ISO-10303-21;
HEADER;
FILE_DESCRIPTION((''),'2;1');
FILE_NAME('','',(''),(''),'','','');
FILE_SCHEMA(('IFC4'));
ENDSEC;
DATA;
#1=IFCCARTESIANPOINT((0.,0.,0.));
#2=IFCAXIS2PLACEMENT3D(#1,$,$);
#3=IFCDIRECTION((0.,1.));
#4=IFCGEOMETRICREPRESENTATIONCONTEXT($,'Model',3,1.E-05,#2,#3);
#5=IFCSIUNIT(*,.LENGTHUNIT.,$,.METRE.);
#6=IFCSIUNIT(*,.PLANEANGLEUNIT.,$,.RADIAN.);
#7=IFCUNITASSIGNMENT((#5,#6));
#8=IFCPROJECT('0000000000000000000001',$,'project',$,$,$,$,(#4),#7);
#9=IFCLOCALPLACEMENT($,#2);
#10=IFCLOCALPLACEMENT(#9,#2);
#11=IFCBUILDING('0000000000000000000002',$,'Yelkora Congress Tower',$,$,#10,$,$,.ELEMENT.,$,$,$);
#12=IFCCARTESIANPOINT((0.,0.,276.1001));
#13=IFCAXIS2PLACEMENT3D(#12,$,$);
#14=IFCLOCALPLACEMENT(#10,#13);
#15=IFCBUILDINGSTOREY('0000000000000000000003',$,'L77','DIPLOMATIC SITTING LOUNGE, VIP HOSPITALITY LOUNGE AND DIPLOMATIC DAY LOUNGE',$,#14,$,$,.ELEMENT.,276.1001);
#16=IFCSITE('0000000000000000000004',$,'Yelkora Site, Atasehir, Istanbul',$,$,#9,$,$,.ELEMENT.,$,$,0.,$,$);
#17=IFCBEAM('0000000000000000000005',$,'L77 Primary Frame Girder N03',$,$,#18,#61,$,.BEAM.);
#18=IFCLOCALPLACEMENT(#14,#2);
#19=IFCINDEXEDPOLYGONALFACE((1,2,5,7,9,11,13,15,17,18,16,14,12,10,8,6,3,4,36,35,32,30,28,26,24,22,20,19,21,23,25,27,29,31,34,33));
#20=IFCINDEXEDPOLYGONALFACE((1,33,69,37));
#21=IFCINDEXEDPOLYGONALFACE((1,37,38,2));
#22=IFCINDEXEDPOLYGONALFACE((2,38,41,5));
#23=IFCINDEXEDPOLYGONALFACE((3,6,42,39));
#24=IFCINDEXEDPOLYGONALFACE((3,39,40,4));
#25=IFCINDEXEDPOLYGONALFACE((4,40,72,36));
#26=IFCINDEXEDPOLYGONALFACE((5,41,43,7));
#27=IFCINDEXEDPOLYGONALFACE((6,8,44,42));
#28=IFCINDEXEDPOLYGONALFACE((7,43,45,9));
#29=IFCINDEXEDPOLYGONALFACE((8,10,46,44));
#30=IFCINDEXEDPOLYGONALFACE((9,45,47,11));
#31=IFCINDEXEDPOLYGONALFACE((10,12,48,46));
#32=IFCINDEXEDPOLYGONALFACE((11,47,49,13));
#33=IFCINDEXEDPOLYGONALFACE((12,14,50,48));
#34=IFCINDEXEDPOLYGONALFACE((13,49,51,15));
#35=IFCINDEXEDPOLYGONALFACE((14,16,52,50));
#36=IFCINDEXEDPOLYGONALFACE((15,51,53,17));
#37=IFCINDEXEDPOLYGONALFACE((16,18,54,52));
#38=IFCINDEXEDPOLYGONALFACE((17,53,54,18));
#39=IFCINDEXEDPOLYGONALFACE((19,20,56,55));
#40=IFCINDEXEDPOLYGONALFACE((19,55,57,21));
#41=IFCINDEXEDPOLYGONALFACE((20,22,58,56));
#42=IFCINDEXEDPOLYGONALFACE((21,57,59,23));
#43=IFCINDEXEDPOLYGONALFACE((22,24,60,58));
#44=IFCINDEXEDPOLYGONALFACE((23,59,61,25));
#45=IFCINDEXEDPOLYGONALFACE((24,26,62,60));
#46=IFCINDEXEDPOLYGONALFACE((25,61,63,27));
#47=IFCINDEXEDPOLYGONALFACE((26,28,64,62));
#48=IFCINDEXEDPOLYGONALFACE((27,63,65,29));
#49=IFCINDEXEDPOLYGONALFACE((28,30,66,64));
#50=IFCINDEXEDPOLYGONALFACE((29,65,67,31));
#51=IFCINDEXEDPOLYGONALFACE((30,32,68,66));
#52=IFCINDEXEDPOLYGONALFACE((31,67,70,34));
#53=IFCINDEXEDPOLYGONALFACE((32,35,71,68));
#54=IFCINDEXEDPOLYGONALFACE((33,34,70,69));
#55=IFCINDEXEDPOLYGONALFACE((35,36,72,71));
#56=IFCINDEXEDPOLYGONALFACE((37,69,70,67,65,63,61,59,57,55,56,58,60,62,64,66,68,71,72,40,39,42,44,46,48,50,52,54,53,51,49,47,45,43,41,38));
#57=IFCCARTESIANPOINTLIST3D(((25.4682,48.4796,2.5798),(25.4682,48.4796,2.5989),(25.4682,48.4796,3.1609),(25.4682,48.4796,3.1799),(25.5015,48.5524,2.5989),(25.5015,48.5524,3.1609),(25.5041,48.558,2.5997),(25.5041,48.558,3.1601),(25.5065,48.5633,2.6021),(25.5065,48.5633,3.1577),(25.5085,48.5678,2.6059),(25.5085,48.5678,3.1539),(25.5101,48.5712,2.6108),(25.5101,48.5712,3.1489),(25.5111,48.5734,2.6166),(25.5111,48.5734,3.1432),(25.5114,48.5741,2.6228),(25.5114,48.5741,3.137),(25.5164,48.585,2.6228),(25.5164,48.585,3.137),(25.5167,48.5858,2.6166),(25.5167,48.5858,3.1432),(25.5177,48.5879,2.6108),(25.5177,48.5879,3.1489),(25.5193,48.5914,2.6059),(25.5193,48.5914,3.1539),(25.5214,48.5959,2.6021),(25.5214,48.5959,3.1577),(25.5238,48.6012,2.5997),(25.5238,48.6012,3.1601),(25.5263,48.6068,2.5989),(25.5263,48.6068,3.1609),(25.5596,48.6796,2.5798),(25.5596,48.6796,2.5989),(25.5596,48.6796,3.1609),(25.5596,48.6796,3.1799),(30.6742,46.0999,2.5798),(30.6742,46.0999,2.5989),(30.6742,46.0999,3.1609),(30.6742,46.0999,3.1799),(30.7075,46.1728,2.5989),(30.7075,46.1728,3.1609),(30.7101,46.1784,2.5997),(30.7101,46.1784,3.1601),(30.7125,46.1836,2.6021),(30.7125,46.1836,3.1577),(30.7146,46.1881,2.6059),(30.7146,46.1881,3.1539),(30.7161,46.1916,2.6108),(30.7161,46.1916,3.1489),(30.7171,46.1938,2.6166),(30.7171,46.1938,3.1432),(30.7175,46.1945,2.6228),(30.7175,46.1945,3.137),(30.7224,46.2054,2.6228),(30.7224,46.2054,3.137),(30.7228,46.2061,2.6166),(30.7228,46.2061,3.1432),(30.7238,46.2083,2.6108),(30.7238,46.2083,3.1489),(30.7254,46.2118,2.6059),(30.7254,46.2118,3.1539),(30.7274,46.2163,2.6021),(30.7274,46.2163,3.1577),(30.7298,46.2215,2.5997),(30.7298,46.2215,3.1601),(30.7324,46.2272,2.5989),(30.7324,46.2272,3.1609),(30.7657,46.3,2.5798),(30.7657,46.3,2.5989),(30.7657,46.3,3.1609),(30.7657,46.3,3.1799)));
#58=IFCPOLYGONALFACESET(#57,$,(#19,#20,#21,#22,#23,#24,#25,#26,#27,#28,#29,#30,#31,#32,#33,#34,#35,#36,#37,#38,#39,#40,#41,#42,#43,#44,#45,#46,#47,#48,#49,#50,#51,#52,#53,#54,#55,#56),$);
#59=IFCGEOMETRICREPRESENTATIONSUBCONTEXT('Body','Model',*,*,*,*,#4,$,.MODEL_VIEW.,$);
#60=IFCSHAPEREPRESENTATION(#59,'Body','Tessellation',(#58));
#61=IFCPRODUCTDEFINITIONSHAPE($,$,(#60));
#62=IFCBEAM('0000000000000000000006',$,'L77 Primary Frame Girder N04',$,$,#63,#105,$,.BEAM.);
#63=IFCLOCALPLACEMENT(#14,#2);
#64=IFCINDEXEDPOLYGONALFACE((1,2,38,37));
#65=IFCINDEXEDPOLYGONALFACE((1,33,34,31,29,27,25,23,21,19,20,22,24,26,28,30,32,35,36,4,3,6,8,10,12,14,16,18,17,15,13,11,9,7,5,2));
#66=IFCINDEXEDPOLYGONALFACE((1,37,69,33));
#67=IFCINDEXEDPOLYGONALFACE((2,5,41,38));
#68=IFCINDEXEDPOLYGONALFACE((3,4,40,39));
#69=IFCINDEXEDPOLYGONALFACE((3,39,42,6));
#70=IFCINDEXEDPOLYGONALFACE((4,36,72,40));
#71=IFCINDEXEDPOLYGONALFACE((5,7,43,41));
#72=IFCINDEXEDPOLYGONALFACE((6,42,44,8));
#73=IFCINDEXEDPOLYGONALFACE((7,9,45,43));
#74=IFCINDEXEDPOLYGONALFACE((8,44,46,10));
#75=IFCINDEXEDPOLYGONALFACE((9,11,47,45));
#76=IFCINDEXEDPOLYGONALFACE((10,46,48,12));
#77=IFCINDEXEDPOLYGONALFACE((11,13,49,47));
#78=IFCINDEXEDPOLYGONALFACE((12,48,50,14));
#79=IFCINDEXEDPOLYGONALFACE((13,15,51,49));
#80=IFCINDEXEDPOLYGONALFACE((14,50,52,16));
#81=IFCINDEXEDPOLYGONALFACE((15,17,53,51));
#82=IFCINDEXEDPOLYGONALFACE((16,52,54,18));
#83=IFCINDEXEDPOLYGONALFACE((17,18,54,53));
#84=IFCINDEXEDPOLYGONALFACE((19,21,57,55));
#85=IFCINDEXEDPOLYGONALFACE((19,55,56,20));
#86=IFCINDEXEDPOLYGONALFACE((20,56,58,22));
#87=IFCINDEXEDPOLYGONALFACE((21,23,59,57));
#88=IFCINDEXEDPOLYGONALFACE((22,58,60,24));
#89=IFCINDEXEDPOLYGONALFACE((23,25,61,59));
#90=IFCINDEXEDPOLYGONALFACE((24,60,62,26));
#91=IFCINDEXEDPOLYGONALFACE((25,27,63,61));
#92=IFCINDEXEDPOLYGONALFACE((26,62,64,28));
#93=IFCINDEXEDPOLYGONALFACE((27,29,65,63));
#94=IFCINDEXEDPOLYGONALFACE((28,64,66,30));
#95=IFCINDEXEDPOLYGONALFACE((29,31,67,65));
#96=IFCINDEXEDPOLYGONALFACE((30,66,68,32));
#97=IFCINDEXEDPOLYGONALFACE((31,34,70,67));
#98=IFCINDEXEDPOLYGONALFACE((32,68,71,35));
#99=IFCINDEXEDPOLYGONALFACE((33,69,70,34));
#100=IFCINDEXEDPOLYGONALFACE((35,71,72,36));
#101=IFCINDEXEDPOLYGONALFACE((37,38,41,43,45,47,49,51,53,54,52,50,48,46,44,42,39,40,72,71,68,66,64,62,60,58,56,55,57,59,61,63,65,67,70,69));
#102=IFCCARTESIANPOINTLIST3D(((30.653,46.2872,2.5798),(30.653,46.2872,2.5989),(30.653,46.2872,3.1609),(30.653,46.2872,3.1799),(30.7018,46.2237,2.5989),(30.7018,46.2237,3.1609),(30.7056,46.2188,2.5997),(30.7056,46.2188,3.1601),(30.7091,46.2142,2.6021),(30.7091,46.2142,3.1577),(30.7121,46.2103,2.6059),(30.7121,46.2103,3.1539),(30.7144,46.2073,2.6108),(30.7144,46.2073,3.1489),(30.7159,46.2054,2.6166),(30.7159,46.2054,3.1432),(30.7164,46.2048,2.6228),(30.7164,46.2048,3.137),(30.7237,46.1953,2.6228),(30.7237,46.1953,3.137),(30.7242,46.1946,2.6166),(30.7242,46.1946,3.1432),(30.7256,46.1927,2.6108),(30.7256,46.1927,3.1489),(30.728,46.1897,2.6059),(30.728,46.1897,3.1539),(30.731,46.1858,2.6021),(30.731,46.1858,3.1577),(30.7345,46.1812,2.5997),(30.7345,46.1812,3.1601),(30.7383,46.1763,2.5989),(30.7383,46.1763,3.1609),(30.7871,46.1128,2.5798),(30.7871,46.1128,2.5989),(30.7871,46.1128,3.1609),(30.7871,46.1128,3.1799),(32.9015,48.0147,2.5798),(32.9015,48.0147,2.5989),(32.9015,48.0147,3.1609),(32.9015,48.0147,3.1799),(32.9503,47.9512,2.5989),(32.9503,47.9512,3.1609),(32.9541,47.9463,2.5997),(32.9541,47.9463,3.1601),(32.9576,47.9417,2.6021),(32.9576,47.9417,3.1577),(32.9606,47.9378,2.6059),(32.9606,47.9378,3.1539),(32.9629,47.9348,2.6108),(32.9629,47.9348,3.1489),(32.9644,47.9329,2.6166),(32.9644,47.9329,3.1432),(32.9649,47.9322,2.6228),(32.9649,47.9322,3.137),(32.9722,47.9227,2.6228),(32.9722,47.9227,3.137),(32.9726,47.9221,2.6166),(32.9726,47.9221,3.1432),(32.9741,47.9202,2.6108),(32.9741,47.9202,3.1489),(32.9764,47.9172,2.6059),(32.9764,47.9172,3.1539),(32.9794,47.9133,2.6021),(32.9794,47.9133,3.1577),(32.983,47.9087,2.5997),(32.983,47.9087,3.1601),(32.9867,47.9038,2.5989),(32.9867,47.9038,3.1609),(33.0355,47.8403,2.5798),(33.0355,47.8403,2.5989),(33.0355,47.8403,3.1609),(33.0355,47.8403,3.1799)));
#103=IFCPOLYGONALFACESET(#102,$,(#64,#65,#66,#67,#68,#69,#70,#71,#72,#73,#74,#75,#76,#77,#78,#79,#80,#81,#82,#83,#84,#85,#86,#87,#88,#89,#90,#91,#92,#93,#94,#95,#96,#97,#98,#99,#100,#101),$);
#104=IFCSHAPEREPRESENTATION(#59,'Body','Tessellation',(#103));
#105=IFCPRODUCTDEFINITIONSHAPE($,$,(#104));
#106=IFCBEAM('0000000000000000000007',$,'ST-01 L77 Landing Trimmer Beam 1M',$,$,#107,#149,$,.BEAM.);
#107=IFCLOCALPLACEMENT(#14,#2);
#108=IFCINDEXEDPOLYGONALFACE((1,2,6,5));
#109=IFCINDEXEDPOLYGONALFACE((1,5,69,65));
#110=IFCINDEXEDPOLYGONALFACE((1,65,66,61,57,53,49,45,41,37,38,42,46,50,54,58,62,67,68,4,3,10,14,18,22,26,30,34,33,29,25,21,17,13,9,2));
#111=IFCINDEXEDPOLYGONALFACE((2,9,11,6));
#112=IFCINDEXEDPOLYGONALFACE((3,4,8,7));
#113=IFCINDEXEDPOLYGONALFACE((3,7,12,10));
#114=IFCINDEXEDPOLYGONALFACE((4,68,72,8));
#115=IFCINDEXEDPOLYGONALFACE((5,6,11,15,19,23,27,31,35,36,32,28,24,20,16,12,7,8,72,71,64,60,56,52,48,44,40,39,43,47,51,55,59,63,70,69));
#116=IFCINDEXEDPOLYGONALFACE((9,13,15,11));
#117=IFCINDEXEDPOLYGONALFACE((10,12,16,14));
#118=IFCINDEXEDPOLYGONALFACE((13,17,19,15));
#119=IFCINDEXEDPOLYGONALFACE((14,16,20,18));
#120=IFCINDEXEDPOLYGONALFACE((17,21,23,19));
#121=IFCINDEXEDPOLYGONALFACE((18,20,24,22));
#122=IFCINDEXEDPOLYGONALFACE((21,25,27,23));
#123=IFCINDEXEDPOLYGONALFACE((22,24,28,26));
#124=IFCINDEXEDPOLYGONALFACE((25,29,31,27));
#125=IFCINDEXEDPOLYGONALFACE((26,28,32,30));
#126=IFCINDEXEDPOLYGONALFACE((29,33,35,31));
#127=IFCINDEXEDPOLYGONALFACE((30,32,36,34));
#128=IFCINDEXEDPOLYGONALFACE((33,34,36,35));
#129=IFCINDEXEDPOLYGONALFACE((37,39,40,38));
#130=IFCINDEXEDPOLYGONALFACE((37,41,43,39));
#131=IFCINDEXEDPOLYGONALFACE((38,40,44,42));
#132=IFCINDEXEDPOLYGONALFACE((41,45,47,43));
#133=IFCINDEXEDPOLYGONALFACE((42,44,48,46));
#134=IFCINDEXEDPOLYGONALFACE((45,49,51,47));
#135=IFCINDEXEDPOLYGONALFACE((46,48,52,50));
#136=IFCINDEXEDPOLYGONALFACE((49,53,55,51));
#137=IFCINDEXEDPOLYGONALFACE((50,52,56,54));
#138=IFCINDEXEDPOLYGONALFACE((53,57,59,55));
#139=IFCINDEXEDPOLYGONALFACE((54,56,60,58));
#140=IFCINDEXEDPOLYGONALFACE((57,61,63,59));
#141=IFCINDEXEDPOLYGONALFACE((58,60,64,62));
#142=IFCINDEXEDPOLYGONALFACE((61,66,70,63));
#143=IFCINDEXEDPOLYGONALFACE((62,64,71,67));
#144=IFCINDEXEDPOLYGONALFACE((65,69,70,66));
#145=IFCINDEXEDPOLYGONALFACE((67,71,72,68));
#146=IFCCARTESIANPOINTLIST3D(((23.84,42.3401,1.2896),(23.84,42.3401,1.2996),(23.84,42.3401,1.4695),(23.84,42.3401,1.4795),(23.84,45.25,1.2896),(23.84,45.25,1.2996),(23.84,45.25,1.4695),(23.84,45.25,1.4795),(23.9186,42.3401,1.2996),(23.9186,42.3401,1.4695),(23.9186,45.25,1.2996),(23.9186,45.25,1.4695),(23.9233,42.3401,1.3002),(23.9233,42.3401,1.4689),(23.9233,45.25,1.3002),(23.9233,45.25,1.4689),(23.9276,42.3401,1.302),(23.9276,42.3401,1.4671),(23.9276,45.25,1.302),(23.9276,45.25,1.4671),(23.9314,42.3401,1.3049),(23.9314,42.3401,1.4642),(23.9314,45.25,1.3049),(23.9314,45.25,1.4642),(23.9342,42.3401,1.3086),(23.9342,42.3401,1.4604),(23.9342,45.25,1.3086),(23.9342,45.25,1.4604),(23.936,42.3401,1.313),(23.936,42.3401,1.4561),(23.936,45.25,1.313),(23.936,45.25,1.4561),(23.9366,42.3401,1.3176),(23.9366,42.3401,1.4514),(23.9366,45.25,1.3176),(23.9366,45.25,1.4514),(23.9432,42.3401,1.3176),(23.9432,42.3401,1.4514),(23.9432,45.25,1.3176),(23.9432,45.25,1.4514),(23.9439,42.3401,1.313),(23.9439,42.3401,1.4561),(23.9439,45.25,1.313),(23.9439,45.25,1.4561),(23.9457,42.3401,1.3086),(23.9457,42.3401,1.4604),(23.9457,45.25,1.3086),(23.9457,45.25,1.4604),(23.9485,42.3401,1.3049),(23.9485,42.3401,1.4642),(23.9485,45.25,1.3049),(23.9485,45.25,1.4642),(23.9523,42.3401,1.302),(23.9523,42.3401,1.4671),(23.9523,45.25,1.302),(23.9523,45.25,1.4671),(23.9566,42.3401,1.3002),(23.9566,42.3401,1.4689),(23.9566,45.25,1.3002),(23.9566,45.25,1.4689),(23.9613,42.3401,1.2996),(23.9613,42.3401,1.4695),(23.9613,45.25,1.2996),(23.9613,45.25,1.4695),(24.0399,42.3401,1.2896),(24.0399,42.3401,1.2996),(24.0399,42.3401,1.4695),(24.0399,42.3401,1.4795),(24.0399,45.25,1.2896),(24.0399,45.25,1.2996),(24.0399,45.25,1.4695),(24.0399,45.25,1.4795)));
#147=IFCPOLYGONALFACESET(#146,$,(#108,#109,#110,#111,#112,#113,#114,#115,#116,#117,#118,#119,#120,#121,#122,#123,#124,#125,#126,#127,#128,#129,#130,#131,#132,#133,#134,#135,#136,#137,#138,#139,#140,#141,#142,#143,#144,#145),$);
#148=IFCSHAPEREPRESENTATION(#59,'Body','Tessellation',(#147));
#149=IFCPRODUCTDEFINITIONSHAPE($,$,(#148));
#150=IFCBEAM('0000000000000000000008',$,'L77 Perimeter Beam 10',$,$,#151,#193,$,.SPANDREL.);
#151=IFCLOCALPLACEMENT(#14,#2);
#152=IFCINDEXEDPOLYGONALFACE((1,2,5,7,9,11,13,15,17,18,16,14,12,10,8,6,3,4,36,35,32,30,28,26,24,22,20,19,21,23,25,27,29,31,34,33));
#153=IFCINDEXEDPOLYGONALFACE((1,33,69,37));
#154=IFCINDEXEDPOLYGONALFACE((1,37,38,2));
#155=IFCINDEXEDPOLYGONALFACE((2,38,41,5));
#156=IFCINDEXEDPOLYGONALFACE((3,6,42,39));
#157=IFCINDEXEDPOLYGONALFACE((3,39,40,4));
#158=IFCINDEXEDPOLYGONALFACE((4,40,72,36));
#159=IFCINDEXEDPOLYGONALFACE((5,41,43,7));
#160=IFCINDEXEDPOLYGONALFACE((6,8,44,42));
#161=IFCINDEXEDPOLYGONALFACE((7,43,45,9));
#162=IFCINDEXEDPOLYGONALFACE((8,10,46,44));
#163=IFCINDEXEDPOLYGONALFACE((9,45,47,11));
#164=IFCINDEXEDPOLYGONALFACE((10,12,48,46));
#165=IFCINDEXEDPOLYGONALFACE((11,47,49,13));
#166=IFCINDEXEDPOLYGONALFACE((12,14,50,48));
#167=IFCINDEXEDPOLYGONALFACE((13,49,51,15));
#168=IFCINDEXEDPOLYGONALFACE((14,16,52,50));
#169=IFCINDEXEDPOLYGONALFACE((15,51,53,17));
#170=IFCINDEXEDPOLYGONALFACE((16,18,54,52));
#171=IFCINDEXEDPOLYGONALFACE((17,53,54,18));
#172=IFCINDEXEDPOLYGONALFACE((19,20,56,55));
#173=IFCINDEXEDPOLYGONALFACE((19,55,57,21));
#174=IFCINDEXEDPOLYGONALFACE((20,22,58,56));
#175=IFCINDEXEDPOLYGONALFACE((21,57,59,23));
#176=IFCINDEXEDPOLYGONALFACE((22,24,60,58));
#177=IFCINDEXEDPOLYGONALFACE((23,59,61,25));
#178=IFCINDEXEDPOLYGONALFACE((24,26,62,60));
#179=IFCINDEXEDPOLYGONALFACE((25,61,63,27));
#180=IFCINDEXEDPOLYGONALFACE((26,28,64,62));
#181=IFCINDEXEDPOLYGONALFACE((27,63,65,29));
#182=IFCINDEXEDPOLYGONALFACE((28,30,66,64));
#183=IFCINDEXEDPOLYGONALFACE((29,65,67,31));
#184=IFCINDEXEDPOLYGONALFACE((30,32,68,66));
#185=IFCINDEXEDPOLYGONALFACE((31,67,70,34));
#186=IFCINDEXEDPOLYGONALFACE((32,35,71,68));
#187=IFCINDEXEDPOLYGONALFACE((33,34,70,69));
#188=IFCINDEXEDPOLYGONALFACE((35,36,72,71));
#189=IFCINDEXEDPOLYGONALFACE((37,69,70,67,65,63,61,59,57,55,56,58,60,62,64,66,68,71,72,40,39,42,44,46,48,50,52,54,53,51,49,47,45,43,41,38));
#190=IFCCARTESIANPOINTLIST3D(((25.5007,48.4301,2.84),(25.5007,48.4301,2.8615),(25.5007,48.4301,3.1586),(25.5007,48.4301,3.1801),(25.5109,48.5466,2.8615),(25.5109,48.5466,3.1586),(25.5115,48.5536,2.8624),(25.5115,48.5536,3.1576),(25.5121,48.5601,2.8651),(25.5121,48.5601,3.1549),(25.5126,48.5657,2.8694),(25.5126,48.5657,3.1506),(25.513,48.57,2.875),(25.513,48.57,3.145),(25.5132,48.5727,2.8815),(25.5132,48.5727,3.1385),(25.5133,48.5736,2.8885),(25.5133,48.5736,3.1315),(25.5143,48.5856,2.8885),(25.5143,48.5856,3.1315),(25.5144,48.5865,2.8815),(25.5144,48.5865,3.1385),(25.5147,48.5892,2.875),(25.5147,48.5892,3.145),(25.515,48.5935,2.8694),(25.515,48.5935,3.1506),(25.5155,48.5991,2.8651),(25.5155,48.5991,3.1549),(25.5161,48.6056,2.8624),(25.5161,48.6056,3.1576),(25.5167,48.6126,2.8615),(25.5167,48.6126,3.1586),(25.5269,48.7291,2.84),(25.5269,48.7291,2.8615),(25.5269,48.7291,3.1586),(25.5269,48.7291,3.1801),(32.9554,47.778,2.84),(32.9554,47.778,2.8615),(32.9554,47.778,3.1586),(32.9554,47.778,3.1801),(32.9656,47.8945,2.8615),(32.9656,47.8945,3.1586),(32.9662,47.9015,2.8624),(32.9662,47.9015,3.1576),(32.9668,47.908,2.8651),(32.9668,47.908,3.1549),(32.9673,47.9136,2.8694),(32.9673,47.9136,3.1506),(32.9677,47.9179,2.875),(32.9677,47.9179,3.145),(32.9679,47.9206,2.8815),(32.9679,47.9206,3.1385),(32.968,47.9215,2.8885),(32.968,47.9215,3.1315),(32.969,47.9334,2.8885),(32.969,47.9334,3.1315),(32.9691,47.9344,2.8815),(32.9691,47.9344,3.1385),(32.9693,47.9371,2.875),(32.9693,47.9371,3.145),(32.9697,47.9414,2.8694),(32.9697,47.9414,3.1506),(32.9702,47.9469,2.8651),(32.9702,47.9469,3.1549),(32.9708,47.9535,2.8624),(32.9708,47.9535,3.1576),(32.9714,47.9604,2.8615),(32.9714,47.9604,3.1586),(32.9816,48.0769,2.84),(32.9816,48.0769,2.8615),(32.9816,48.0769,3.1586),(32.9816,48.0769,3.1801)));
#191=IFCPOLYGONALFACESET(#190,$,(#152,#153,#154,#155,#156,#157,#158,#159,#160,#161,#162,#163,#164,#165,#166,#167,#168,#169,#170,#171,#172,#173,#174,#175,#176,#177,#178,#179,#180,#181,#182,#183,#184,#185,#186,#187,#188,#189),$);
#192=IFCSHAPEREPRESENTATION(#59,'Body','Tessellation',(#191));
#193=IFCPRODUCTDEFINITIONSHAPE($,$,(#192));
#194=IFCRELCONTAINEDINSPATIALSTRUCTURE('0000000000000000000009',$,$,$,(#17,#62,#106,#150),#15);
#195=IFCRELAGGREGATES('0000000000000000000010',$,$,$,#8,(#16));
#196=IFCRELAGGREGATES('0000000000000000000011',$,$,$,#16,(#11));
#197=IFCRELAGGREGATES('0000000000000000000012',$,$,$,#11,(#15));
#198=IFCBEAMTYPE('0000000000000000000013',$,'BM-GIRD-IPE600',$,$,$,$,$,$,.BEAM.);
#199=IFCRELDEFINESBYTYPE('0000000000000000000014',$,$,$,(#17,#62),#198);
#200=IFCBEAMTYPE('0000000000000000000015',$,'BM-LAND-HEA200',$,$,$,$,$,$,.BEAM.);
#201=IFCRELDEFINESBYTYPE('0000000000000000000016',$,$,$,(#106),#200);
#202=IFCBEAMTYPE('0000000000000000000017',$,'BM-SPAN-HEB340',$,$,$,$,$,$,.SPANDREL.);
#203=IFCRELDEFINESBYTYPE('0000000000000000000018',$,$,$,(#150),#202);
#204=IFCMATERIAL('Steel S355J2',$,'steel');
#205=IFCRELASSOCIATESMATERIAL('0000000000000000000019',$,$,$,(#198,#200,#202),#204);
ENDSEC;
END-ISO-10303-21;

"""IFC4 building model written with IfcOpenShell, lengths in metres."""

from ifc_helpers import new_model, si_unit, direction, frame, origin, origin_2d, place, context, subcontext, project, spatial, i_section, extrude, material, material_profile, profile_set, type_object, element, save


model = new_model("IFC4")

# Units and contexts
model_context = context("Model", 3, precision=1e-05, world=origin(), true_north=direction((0.0, 1.0)))
body_context = subcontext(model_context, "Body", "Model", "MODEL_VIEW")
ifc_project = project(units=[si_unit("LENGTHUNIT", "METRE"), si_unit("PLANEANGLEUNIT", "RADIAN")], contexts=[model_context])

# Site, building, storey
site_placement = place(None, origin())
site = spatial("IfcSite", under=ifc_project, at=site_placement, Name="Yelkora Site, Atasehir, Istanbul", CompositionType="ELEMENT", RefElevation=0.0)
building_placement = place(site_placement, origin())
building = spatial("IfcBuilding", under=site, at=building_placement, Name="Yelkora Congress Tower", CompositionType="ELEMENT")
storey_placement = place(building_placement, frame((0.0, 0.0, 276.1001)))
storey = spatial("IfcBuildingStorey", under=building, at=storey_placement, Name="L77", Description="DIPLOMATIC SITTING LOUNGE, VIP HOSPITALITY LOUNGE AND DIPLOMATIC DAY LOUNGE", CompositionType="ELEMENT", Elevation=276.1001)

# Shared definitions
ifc_material_1 = material(Name="Steel S355J2", Category="steel")

# Beams
ifc_material_profile_1 = material_profile(ifc_material_1, i_section(OverallWidth=0.22, OverallDepth=0.6001, WebThickness=0.012, FlangeThickness=0.019, FilletRadius=0.0239, at=origin_2d()), Name="IPE 600")
ifc_profile_set_1 = profile_set([ifc_material_profile_1], Name="Steel S355J2")
beam_type_1 = type_object("IfcBeamType", Name="BM-GIRD-IPE600", PredefinedType="BEAM", material=ifc_profile_set_1)
beam_1_placement = place(storey_placement, frame((25.5139, 48.5796, 2.8799), z_axis=(0.909492, -0.41572, 0.0), x_axis=(0.41572, 0.909492, 0.0)))
element("IfcBeam", 1, at=beam_1_placement, inside=storey, type_object=beam_type_1, Name="L77 Primary Frame Girder N03", PredefinedType="BEAM", context=body_context, shape_type="SweptSolid", body=[
    extrude(i_section(OverallWidth=0.22, OverallDepth=0.6001, WebThickness=0.012, FlangeThickness=0.019, FilletRadius=0.0239, at=origin_2d()), origin(), (0.0, 0.0, 1.0), 5.7241),
])
beam_2_placement = place(storey_placement, frame((32.9685, 47.9275, 2.8799), z_axis=(-0.792982, -0.609245, 0.0), x_axis=(0.609245, -0.792982, 0.0)))
element("IfcBeam", 2, at=beam_2_placement, inside=storey, type_object=beam_type_1, Name="L77 Primary Frame Girder N04", PredefinedType="BEAM", context=body_context, shape_type="SweptSolid", body=[
    extrude(i_section(OverallWidth=0.22, OverallDepth=0.6001, WebThickness=0.012, FlangeThickness=0.019, FilletRadius=0.0239, at=origin_2d()), origin(), (0.0, 0.0, 1.0), 2.8354),
])
ifc_material_profile_2 = material_profile(ifc_material_1, i_section(OverallWidth=0.2, OverallDepth=0.1899, WebThickness=0.0066, FlangeThickness=0.01, FilletRadius=0.0181, at=origin_2d()), Name="HEA 200")
ifc_profile_set_2 = profile_set([ifc_material_profile_2], Name="Steel S355J2")
beam_type_2 = type_object("IfcBeamType", Name="BM-LAND-HEA200", PredefinedType="BEAM", material=ifc_profile_set_2)
beam_3_placement = place(storey_placement, frame((23.9399, 42.3401, 1.3845), z_axis=(0.0, 1.0, 0.0), x_axis=(-1.0, 0.0, 0.0)))
element("IfcBeam", 3, at=beam_3_placement, inside=storey, type_object=beam_type_2, Name="ST-01 L77 Landing Trimmer Beam 1M", PredefinedType="BEAM", context=body_context, shape_type="SweptSolid", body=[
    extrude(i_section(OverallWidth=0.2, OverallDepth=0.1899, WebThickness=0.0066, FlangeThickness=0.01, FilletRadius=0.0181, at=origin_2d()), origin(), (0.0, 0.0, 1.0), 2.9099),
])
ifc_material_profile_3 = material_profile(ifc_material_1, i_section(OverallWidth=0.3, OverallDepth=0.3401, WebThickness=0.012, FlangeThickness=0.0215, FilletRadius=0.0271, at=origin_2d()), Name="HEB 340")
ifc_profile_set_3 = profile_set([ifc_material_profile_3], Name="Steel S355J2")
beam_type_3 = type_object("IfcBeamType", Name="BM-SPAN-HEB340", PredefinedType="SPANDREL", material=ifc_profile_set_3)
beam_4_placement = place(storey_placement, frame((32.9685, 47.9275, 3.01), z_axis=(-0.996196, 0.087143, 0.0), x_axis=(-0.087143, -0.996196, 0.0)))
element("IfcBeam", 4, at=beam_4_placement, inside=storey, type_object=beam_type_3, Name="L77 Perimeter Beam 10", PredefinedType="SPANDREL", context=body_context, shape_type="SweptSolid", body=[
    extrude(i_section(OverallWidth=0.3, OverallDepth=0.3401, WebThickness=0.012, FlangeThickness=0.0215, FilletRadius=0.0271, at=origin_2d()), origin(), (0.0, 0.0, 1.0), 7.4832),
])

save(model, "model.ifc")
